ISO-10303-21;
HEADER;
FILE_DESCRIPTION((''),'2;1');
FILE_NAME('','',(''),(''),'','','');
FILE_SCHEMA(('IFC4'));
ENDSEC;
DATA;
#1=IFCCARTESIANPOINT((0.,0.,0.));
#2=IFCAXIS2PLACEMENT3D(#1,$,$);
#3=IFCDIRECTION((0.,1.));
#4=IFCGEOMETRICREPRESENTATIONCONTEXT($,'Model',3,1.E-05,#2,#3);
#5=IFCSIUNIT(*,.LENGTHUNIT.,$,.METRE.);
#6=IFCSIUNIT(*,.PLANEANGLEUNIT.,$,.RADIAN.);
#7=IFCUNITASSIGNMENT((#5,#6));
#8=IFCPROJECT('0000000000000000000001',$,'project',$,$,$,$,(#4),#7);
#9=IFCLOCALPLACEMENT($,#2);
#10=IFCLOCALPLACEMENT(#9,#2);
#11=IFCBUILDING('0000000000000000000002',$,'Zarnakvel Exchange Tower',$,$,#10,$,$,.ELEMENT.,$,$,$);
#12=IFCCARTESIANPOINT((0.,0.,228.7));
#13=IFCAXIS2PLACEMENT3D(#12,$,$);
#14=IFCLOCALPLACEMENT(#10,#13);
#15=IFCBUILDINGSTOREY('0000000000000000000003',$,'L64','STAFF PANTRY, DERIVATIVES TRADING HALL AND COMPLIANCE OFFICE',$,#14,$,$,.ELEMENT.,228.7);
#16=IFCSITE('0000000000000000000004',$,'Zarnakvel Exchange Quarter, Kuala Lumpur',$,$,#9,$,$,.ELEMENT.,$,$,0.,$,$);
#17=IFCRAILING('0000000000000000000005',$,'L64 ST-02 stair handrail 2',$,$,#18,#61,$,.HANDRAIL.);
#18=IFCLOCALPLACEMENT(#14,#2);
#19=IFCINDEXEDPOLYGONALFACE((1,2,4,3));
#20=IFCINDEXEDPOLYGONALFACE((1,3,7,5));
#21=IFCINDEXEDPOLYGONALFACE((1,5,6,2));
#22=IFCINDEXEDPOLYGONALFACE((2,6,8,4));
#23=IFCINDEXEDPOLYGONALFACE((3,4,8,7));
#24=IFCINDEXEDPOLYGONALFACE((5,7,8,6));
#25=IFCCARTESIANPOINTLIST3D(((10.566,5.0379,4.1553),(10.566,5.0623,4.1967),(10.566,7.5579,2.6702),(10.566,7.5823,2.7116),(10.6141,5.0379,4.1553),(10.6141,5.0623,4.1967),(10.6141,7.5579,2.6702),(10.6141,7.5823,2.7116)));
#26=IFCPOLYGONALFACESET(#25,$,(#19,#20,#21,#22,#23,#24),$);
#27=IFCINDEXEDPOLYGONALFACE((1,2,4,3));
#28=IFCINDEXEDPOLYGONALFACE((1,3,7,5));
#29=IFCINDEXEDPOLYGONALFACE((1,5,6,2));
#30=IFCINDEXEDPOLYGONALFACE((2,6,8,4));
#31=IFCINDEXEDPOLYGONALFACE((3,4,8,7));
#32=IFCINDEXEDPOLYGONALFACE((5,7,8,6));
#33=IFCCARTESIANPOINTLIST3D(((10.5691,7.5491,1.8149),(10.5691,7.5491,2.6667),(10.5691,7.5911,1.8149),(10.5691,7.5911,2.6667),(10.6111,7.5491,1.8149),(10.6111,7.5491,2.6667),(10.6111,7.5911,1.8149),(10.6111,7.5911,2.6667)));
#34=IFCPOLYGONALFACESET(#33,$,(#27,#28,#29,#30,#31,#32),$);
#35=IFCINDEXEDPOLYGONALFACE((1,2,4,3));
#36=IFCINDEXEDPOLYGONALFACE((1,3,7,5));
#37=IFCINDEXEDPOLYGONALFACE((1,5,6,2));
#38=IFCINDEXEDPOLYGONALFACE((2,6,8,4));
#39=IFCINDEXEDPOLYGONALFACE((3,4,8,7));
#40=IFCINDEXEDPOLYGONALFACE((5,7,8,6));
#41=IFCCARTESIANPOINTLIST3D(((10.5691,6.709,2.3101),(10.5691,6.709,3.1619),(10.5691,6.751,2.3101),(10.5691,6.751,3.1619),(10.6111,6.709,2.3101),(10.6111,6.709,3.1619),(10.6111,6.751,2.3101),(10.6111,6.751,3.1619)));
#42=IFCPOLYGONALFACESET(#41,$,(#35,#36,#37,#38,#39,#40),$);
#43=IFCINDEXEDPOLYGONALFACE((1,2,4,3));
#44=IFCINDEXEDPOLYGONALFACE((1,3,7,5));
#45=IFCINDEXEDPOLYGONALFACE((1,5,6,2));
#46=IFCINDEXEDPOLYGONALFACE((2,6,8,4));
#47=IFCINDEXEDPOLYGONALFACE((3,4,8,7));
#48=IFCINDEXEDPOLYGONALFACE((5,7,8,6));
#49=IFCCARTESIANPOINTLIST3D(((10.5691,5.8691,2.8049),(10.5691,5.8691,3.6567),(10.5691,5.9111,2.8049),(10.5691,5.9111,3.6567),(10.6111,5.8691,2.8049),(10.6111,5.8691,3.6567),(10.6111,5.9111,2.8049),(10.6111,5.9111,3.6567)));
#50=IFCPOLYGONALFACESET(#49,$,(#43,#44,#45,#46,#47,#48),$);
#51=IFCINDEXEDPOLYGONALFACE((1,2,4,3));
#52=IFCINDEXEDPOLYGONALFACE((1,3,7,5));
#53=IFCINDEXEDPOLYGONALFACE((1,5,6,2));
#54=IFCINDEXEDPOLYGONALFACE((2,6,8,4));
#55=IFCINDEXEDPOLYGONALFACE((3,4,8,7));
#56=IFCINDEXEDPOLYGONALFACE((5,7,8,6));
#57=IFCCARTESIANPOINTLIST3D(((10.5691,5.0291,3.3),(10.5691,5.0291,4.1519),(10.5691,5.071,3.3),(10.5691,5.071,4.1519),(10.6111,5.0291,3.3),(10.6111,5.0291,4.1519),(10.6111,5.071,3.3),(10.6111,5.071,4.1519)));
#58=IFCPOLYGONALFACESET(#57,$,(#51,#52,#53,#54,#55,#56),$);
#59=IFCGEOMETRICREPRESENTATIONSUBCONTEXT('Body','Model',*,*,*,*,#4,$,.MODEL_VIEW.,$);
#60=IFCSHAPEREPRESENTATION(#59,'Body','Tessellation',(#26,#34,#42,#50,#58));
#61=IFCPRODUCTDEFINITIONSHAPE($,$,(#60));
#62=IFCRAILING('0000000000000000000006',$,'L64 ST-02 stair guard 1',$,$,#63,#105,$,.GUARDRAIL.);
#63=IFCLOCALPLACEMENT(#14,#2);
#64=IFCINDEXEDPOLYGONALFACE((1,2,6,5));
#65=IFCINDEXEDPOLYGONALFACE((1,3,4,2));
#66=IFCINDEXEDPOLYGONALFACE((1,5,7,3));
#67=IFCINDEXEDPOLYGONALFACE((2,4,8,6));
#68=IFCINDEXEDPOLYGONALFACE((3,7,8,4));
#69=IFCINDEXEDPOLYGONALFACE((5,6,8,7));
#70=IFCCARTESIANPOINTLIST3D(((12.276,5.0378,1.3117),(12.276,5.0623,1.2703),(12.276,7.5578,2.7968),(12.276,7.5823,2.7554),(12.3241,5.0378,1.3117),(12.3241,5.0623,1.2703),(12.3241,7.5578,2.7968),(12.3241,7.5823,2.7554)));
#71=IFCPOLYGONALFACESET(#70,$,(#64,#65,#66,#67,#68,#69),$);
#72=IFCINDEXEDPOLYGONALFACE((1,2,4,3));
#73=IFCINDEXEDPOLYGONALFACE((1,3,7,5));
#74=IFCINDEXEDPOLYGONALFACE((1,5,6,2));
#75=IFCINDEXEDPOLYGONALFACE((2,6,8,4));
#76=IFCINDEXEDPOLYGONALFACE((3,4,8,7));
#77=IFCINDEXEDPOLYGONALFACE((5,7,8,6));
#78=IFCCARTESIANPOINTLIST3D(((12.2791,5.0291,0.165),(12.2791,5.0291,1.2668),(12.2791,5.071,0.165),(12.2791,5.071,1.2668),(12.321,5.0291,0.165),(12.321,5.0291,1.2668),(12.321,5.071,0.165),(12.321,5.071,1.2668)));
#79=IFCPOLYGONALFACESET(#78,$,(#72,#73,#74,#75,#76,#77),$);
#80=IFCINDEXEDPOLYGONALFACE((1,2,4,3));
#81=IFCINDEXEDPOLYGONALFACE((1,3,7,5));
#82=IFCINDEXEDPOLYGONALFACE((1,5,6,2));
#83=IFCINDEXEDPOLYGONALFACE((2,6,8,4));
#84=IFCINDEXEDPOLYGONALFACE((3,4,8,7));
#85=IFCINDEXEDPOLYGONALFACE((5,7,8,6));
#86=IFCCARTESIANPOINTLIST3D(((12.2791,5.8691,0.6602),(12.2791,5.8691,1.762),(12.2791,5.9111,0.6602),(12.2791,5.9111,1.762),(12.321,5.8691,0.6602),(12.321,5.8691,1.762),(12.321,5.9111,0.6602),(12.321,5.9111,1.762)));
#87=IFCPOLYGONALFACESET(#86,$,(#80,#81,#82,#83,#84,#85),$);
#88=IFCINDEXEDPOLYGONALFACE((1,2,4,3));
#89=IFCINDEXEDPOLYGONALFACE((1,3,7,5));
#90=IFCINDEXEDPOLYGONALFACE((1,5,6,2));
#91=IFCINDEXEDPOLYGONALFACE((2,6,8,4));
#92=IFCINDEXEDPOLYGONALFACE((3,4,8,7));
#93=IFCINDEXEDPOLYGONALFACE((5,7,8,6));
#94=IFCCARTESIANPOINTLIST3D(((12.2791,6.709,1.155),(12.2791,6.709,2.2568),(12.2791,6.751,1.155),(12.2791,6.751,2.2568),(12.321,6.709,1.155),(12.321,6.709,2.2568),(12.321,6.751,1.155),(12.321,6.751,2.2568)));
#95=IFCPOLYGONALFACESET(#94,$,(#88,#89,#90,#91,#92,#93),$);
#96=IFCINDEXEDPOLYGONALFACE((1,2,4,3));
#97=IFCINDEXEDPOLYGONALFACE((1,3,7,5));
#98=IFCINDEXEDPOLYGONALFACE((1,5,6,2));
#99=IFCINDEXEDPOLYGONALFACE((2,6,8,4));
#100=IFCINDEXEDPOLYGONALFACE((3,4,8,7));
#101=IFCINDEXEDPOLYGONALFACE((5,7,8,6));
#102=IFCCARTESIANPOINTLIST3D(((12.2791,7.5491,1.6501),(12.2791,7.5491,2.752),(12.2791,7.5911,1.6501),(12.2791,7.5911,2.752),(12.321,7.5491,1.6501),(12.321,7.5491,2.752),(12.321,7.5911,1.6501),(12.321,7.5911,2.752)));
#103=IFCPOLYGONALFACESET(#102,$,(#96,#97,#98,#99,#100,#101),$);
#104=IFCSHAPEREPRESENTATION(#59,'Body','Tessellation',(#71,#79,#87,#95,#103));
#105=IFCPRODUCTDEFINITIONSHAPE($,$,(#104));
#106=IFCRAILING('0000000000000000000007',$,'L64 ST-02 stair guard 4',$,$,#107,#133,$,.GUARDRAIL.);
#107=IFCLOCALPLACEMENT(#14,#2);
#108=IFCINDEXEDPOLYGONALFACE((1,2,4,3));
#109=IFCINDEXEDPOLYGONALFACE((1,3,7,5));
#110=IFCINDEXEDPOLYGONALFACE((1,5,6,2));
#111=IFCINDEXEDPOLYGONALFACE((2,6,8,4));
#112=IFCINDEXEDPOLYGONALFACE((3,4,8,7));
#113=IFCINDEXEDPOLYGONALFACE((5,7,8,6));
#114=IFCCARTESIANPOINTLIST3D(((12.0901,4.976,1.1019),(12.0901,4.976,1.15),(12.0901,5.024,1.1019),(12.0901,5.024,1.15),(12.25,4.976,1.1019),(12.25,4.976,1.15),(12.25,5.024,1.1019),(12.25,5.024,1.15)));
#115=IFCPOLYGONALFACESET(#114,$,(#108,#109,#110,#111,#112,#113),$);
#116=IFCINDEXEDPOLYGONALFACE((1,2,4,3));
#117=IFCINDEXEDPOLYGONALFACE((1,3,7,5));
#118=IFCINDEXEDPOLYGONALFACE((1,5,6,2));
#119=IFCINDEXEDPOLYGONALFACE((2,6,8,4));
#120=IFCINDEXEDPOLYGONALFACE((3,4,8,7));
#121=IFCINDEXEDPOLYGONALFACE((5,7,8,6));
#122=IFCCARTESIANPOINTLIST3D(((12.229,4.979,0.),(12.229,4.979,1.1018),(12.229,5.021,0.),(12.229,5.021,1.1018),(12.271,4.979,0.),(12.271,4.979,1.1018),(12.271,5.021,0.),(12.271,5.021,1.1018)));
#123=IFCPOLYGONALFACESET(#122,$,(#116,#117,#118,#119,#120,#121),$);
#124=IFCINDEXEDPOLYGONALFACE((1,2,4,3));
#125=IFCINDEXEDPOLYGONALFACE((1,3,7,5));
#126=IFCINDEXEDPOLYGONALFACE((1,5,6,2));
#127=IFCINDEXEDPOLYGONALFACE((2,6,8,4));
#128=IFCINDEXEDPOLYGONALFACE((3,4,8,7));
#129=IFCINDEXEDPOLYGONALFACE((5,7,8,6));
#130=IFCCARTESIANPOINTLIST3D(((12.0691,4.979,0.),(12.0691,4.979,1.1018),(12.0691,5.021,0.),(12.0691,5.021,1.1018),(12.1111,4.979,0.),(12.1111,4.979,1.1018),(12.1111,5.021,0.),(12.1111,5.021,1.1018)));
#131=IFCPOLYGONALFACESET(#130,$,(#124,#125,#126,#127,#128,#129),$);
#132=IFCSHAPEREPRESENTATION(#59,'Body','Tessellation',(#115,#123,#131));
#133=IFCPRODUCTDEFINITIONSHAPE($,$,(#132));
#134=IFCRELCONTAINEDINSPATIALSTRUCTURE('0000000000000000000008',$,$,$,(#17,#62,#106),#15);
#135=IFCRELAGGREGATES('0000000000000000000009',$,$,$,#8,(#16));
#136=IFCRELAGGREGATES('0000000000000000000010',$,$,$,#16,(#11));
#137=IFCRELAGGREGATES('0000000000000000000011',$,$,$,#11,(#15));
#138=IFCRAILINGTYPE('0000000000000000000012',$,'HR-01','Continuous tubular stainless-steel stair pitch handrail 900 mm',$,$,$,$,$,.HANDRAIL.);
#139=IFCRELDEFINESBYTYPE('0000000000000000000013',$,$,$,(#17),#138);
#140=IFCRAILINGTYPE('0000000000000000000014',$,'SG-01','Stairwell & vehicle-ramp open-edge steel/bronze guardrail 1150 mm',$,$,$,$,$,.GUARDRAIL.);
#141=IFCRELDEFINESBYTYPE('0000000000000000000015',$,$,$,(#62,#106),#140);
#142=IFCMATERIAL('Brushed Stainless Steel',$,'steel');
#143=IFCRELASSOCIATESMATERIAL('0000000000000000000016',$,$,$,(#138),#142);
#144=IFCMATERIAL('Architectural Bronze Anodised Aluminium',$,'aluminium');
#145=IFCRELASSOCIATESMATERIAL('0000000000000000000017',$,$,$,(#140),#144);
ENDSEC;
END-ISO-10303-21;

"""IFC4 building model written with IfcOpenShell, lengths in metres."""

from ifc_helpers import new_model, si_unit, direction, frame, origin, origin_2d, place, context, subcontext, project, spatial, rectangle, extrude, material, type_object, element, save


model = new_model("IFC4")

# Units and contexts
model_context = context("Model", 3, precision=1e-05, world=origin(), true_north=direction((0.0, 1.0)))
body_context = subcontext(model_context, "Body", "Model", "MODEL_VIEW")
ifc_project = project(units=[si_unit("LENGTHUNIT", "METRE"), si_unit("PLANEANGLEUNIT", "RADIAN")], contexts=[model_context])

# Site, building, storey
site_placement = place(None, origin())
site = spatial("IfcSite", under=ifc_project, at=site_placement, Name="Zarnakvel Exchange Quarter, Kuala Lumpur", CompositionType="ELEMENT", RefElevation=0.0)
building_placement = place(site_placement, origin())
building = spatial("IfcBuilding", under=site, at=building_placement, Name="Zarnakvel Exchange Tower", CompositionType="ELEMENT")
storey_placement = place(building_placement, frame((0.0, 0.0, 228.7)))
storey = spatial("IfcBuildingStorey", under=building, at=storey_placement, Name="L64", Description="STAFF PANTRY, DERIVATIVES TRADING HALL AND COMPLIANCE OFFICE", CompositionType="ELEMENT", Elevation=228.7)

# Shared definitions
ifc_material_1 = material(Name="Architectural Bronze Anodised Aluminium", Category="aluminium")

# Shared definitions
ifc_material_2 = material(Name="Brushed Stainless Steel", Category="steel")

# Railings
railing_type_1 = type_object("IfcRailingType", Name="HR-01", Description="Continuous tubular stainless-steel stair pitch handrail 900 mm", PredefinedType="HANDRAIL", material=ifc_material_2)
railing_1_placement = place(storey_placement, frame((10.5901, 7.5701, 1.8149)))
element("IfcRailing", 1, at=railing_1_placement, inside=storey, type_object=railing_type_1, Name="L64 ST-02 stair handrail 2", PredefinedType="HANDRAIL", context=body_context, shape_type="SweptSolid", body=[
    extrude(rectangle(XDim=0.0481, YDim=0.0481, at=origin_2d()), frame((0.0, 0.0, 0.876), z_axis=(0.0, -0.861524, 0.507717), x_axis=(1.0, 0.0, 0.0)), (0.0, 0.0, 1.0), 2.925),
    extrude(rectangle(XDim=0.042, YDim=0.042, at=origin_2d()), origin(), (0.0, 0.0, 1.0), 0.8518),
    extrude(rectangle(XDim=0.042, YDim=0.042, at=origin_2d()), frame((0.0, -0.8401, 0.4951)), (0.0, 0.0, 1.0), 0.8518),
    extrude(rectangle(XDim=0.042, YDim=0.042, at=origin_2d()), frame((0.0, -1.6799, 0.99)), (0.0, 0.0, 1.0), 0.8518),
    extrude(rectangle(XDim=0.042, YDim=0.042, at=origin_2d()), frame((0.0, -2.52, 1.4851)), (0.0, 0.0, 1.0), 0.8518),
])
railing_type_2 = type_object("IfcRailingType", Name="SG-01", Description="Stairwell & vehicle-ramp open-edge steel/bronze guardrail 1150 mm", PredefinedType="GUARDRAIL", material=ifc_material_1)
railing_2_placement = place(storey_placement, frame((12.3, 5.05, 0.165)))
element("IfcRailing", 2, at=railing_2_placement, inside=storey, type_object=railing_type_2, Name="L64 ST-02 stair guard 1", PredefinedType="GUARDRAIL", context=body_context, shape_type="SweptSolid", body=[
    extrude(rectangle(XDim=0.0481, YDim=0.0481, at=origin_2d()), frame((0.0, 0.0, 1.126), z_axis=(0.0, 0.861524, 0.507717), x_axis=(-1.0, 0.0, 0.0)), (0.0, 0.0, 1.0), 2.925),
    extrude(rectangle(XDim=0.042, YDim=0.042, at=origin_2d()), origin(), (0.0, 0.0, 1.0), 1.1018),
    extrude(rectangle(XDim=0.042, YDim=0.042, at=origin_2d()), frame((0.0, 0.8401, 0.4951)), (0.0, 0.0, 1.0), 1.1018),
    extrude(rectangle(XDim=0.042, YDim=0.042, at=origin_2d()), frame((0.0, 1.6799, 0.99)), (0.0, 0.0, 1.0), 1.1018),
    extrude(rectangle(XDim=0.042, YDim=0.042, at=origin_2d()), frame((0.0, 2.52, 1.4851)), (0.0, 0.0, 1.0), 1.1018),
])
railing_3_placement = place(storey_placement, frame((12.25, 5.0, 0.0)))
element("IfcRailing", 3, at=railing_3_placement, inside=storey, type_object=railing_type_2, Name="L64 ST-02 stair guard 4", PredefinedType="GUARDRAIL", context=body_context, shape_type="SweptSolid", body=[
    extrude(rectangle(XDim=0.0481, YDim=0.0481, at=origin_2d()), frame((0.0, 0.0, 1.126), z_axis=(-1.0, 0.0, 0.0), x_axis=(0.0, -1.0, 0.0)), (0.0, 0.0, 1.0), 0.1599),
    extrude(rectangle(XDim=0.042, YDim=0.042, at=origin_2d()), origin(), (0.0, 0.0, 1.0), 1.1018),
    extrude(rectangle(XDim=0.042, YDim=0.042, at=origin_2d()), frame((-0.1599, 0.0, 0.0)), (0.0, 0.0, 1.0), 1.1018),
])

save(model, "model.ifc")
